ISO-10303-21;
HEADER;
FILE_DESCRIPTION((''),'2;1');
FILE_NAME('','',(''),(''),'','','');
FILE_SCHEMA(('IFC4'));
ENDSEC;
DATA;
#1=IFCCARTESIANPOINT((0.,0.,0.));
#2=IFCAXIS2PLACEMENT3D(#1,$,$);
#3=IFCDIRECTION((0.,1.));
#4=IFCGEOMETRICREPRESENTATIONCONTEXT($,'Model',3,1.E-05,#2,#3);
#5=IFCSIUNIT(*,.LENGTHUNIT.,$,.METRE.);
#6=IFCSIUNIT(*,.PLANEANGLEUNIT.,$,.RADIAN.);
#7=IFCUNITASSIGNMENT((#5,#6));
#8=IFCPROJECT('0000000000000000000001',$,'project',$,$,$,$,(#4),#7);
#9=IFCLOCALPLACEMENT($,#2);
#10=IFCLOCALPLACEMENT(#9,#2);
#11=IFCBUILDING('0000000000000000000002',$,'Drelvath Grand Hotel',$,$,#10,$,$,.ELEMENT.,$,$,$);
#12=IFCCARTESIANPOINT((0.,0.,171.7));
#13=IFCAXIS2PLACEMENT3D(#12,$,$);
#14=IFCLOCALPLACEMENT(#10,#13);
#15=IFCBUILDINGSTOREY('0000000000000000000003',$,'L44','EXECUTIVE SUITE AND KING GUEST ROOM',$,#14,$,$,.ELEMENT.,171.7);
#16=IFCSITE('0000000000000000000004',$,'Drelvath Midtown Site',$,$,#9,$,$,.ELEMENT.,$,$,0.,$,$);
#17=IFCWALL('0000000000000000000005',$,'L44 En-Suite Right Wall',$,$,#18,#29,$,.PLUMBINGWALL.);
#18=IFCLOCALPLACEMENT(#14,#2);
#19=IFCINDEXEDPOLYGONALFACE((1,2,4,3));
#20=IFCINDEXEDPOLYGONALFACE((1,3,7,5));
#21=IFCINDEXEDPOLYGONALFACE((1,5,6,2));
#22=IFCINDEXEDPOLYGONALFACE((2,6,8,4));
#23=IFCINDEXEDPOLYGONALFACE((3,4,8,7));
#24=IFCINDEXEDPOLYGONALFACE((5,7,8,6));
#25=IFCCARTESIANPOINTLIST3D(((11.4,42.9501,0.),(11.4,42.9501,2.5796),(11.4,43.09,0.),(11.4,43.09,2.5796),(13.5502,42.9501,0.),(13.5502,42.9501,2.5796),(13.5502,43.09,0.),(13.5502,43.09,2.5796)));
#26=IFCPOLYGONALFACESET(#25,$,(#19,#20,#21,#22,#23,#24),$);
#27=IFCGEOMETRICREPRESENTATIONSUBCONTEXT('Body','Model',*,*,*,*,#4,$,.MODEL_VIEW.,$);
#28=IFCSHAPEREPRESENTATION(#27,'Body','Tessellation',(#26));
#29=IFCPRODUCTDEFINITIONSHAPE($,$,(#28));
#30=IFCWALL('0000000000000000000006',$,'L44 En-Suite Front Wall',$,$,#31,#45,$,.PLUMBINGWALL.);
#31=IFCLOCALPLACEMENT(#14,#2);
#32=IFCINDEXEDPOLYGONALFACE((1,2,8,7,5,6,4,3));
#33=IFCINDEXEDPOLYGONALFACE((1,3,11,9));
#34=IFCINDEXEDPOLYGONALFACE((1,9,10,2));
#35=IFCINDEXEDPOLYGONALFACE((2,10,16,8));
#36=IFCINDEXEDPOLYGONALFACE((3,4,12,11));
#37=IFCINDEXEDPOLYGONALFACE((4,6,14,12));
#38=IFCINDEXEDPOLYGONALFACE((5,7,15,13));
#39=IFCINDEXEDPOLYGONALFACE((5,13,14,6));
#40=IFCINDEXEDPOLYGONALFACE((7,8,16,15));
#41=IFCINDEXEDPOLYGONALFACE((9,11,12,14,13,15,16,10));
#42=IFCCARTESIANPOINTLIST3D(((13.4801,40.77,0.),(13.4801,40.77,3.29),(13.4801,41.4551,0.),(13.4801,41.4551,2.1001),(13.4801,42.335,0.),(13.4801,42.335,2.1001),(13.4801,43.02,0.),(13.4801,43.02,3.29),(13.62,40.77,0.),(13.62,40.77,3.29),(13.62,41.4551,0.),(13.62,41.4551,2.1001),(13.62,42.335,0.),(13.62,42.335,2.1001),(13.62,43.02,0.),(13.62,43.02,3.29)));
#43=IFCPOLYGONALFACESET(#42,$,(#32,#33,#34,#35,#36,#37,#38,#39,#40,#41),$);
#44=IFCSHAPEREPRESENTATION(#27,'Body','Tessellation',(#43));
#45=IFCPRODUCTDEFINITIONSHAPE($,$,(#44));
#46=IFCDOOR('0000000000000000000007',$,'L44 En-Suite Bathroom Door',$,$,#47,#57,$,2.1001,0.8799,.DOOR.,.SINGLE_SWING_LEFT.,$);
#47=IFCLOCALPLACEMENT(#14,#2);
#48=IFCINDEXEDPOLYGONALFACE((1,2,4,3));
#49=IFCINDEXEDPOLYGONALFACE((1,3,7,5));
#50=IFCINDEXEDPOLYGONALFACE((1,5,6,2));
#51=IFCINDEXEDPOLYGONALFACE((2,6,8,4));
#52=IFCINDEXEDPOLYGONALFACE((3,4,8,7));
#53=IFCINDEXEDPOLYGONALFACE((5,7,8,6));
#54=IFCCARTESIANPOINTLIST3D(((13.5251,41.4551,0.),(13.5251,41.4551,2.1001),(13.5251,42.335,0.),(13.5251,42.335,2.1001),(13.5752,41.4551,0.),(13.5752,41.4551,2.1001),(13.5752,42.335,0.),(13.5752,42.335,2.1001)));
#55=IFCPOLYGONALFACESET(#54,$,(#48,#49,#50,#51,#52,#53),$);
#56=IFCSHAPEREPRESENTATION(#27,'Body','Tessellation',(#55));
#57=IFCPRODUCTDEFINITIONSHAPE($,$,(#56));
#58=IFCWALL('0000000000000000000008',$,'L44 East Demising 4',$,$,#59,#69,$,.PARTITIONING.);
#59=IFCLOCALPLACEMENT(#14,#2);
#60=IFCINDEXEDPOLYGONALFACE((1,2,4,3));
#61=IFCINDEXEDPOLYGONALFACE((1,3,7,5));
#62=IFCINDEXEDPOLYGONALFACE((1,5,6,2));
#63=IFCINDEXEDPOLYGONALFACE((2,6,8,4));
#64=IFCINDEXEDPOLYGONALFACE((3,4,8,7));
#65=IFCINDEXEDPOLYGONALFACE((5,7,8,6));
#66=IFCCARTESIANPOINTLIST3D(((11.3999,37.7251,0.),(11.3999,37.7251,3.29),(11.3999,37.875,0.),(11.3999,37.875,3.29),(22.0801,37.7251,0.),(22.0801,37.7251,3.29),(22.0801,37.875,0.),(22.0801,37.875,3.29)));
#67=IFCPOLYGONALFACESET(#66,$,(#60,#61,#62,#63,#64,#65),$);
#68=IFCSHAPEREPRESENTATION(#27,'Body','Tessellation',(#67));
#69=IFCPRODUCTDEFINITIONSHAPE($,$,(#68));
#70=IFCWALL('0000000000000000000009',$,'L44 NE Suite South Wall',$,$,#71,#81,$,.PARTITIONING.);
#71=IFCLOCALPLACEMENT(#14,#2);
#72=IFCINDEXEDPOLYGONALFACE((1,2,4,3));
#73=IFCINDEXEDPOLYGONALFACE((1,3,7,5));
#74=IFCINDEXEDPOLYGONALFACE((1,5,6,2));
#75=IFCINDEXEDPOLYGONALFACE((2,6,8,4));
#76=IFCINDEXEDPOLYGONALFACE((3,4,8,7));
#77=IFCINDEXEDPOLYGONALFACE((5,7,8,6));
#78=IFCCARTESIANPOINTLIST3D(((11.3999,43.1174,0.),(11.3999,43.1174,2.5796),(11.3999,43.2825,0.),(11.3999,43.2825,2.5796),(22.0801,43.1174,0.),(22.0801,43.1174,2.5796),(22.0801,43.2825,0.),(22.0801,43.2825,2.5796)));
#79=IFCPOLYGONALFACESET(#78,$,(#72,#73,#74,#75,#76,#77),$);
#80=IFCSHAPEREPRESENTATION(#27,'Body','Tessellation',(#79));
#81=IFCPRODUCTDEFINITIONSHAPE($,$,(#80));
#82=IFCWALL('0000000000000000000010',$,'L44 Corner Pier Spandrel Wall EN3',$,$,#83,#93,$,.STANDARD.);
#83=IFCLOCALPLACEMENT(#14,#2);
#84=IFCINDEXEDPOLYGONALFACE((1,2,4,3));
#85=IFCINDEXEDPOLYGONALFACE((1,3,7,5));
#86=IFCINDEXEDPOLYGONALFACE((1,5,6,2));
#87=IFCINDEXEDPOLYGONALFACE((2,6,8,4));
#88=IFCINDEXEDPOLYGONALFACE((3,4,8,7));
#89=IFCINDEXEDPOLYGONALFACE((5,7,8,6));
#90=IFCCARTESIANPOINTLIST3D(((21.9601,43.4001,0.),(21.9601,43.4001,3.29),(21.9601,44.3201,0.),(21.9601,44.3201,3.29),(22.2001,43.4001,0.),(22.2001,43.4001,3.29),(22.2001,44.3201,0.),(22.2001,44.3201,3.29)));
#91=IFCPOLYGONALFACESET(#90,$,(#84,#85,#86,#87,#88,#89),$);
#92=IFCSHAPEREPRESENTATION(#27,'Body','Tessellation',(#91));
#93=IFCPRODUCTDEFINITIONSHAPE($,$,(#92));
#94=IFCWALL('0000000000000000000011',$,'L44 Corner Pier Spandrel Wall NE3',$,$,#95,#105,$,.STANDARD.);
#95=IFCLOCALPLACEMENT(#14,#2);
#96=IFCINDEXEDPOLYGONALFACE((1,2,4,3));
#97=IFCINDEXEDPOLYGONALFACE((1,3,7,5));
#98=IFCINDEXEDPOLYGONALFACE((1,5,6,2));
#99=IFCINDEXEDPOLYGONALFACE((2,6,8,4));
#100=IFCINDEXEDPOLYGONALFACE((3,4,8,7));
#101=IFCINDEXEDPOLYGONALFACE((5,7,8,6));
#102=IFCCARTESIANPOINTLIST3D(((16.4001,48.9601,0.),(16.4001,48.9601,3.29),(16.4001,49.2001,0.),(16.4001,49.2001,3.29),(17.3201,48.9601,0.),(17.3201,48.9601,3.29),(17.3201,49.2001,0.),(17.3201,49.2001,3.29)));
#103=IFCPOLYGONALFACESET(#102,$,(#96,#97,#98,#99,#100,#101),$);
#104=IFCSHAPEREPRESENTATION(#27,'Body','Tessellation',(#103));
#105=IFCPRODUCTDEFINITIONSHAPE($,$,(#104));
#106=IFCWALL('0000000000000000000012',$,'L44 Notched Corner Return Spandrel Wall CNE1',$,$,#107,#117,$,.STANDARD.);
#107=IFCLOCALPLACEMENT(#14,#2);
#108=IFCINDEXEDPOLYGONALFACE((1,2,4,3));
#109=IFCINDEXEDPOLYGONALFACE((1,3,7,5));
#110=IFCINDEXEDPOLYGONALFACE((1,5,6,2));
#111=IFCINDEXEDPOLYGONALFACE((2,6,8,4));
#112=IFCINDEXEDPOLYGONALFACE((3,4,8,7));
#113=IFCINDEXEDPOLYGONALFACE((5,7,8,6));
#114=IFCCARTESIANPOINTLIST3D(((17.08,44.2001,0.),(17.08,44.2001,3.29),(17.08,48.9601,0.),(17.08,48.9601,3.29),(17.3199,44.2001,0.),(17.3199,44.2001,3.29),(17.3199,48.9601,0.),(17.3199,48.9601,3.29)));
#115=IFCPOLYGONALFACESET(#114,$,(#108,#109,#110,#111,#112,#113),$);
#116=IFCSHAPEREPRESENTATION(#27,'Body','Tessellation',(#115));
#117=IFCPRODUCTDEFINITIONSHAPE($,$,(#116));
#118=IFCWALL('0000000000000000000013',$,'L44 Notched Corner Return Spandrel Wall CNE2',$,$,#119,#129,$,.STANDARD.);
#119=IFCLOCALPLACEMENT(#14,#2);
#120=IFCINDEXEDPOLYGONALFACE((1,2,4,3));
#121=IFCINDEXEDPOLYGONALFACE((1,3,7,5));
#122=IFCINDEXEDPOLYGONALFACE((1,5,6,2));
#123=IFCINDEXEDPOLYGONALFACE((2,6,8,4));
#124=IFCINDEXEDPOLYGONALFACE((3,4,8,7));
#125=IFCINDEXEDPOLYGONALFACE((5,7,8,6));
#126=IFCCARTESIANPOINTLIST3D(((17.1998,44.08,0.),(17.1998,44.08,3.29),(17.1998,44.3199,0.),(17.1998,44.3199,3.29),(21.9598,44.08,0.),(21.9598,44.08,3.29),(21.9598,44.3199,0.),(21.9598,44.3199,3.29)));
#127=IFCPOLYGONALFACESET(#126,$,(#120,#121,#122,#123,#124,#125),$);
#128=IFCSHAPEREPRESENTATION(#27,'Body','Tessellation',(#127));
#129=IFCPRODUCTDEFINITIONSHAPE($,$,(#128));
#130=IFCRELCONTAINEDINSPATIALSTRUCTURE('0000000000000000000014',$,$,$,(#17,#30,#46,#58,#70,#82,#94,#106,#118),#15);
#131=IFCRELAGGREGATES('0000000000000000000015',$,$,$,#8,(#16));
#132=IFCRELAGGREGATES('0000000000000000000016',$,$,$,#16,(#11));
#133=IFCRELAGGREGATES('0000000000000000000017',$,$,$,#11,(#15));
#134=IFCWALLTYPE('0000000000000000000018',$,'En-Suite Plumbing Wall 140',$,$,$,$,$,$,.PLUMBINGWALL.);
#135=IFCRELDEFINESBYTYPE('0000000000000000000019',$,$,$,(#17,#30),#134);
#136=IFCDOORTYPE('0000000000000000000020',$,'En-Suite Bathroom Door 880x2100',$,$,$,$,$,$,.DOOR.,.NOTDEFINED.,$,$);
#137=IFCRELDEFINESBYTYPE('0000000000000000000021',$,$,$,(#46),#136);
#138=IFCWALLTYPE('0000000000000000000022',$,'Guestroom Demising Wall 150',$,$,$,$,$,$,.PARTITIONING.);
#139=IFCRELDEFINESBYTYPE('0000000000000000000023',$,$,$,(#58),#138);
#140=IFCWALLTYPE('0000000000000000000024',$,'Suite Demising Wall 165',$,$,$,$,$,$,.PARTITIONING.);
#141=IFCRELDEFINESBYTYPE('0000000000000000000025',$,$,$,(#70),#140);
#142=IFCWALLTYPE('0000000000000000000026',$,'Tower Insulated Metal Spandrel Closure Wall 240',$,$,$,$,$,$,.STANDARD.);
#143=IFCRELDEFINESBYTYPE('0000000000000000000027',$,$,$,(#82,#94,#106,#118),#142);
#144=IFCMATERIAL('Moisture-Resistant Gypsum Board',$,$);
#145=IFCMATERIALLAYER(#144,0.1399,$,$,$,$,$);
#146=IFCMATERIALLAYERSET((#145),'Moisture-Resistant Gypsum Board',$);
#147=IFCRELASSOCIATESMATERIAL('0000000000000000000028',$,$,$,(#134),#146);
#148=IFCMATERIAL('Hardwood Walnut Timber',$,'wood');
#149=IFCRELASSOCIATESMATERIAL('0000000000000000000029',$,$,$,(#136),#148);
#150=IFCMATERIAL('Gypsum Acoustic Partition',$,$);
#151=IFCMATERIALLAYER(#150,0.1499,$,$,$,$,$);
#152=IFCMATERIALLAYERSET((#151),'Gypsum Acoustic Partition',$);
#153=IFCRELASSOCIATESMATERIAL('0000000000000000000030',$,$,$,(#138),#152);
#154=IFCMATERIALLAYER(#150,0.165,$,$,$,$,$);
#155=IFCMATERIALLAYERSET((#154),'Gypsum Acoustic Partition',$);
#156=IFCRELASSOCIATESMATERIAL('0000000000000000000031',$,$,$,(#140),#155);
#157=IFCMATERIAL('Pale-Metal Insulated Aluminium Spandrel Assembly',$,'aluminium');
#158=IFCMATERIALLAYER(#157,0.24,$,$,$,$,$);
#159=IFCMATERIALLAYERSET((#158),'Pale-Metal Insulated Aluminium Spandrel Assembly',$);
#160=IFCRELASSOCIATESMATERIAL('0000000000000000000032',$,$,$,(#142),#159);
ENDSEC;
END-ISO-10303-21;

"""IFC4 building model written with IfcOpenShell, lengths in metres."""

from ifc_helpers import new_model, si_unit, direction, frame, frame_2d, origin, place, context, subcontext, project, spatial, rectangle, extrude, material, layer, layer_set, type_object, element, fill, save


model = new_model("IFC4")

# Units and contexts
model_context = context("Model", 3, precision=1e-05, world=origin(), true_north=direction((0.0, 1.0)))
body_context = subcontext(model_context, "Body", "Model", "MODEL_VIEW")
ifc_project = project(units=[si_unit("LENGTHUNIT", "METRE"), si_unit("PLANEANGLEUNIT", "RADIAN")], contexts=[model_context])

# Site, building, storey
site_placement = place(None, origin())
site = spatial("IfcSite", under=ifc_project, at=site_placement, Name="Drelvath Midtown Site", CompositionType="ELEMENT", RefElevation=0.0)
building_placement = place(site_placement, origin())
building = spatial("IfcBuilding", under=site, at=building_placement, Name="Drelvath Grand Hotel", CompositionType="ELEMENT")
storey_placement = place(building_placement, frame((0.0, 0.0, 171.7)))
storey = spatial("IfcBuildingStorey", under=building, at=storey_placement, Name="L44", Description="EXECUTIVE SUITE AND KING GUEST ROOM", CompositionType="ELEMENT", Elevation=171.7)

# Shared definitions
ifc_material_1 = material(Name="Moisture-Resistant Gypsum Board")
ifc_layer_1 = layer(ifc_material_1, 0.1399)
ifc_layer_set_1 = layer_set([ifc_layer_1], Name="Moisture-Resistant Gypsum Board")
wall_type_1 = type_object("IfcWallType", Name="En-Suite Plumbing Wall 140", PredefinedType="PLUMBINGWALL", material=ifc_layer_set_1)

# Shared definitions
ifc_material_2 = material(Name="Hardwood Walnut Timber", Category="wood")
door_type = type_object("IfcDoorType", Name="En-Suite Bathroom Door 880x2100", OperationType="NOTDEFINED", PredefinedType="DOOR", material=ifc_material_2)

# Wall
wall_1_placement = place(storey_placement, frame((11.3999, 43.02, 0.0), z_axis=(0.0, 0.0, 1.0), x_axis=(1.0, 0.0, 0.0)))
element("IfcWall", 1, at=wall_1_placement, inside=storey, type_object=wall_type_1, Name="L44 En-Suite Right Wall", PredefinedType="PLUMBINGWALL", context=body_context, shape_type="SweptSolid", body=[
    extrude(rectangle(XDim=2.1501, YDim=0.1399, at=frame_2d((1.0752, 0.0))), origin(), (0.0, 0.0, 1.0), 2.5796),
])

# Wall, opening, door
wall_2_placement = place(storey_placement, frame((13.55, 40.77, 0.0), z_axis=(0.0, 0.0, 1.0), x_axis=(0.0, 1.0, 0.0)))
wall_2 = element("IfcWall", 2, at=wall_2_placement, inside=storey, type_object=wall_type_1, Name="L44 En-Suite Front Wall", PredefinedType="PLUMBINGWALL", context=body_context, shape_type="SweptSolid", body=[
    extrude(rectangle(XDim=2.25, YDim=0.1399, at=frame_2d((1.125, 0.0))), origin(), (0.0, 0.0, 1.0), 3.29),
])
opening_1_placement = place(wall_2_placement, frame((0.6851, 0.0, 0.0)))
opening_1 = element("IfcOpeningElement", 3, at=opening_1_placement, cuts=wall_2, PredefinedType="OPENING", context=body_context, shape_type="SweptSolid", body=[
    extrude(rectangle(XDim=0.8799, YDim=2.1001, at=frame_2d((0.4399, 1.05))), frame((0.0, 0.0798, 0.0), z_axis=(0.0, -1.0, 0.0), x_axis=(1.0, 0.0, 0.0)), (0.0, 0.0, 1.0), 0.1599),
])
door_1_placement = place(opening_1_placement, origin())
door_1 = element("IfcDoor", 4, at=door_1_placement, inside=storey, type_object=door_type, Name="L44 En-Suite Bathroom Door", OperationType="SINGLE_SWING_LEFT", OverallHeight=2.1001, OverallWidth=0.8799, PredefinedType="DOOR", context=body_context, shape_type="SweptSolid", body=[
    extrude(rectangle(XDim=0.8799, YDim=2.1001, at=frame_2d((0.4399, 1.05))), frame((0.0, 0.0249, 0.0), z_axis=(0.0, -1.0, 0.0), x_axis=(1.0, 0.0, 0.0)), (0.0, 0.0, 1.0), 0.05),
])
fill(opening_1, door_1)

# Walls
ifc_material_3 = material(Name="Gypsum Acoustic Partition")
ifc_layer_2 = layer(ifc_material_3, 0.1499)
ifc_layer_set_2 = layer_set([ifc_layer_2], Name="Gypsum Acoustic Partition")
wall_type_2 = type_object("IfcWallType", Name="Guestroom Demising Wall 150", PredefinedType="PARTITIONING", material=ifc_layer_set_2)
wall_3_placement = place(storey_placement, frame((11.3999, 37.8, 0.0), z_axis=(0.0, 0.0, 1.0), x_axis=(1.0, 0.0, 0.0)))
element("IfcWall", 5, at=wall_3_placement, inside=storey, type_object=wall_type_2, Name="L44 East Demising 4", PredefinedType="PARTITIONING", context=body_context, shape_type="SweptSolid", body=[
    extrude(rectangle(XDim=10.6802, YDim=0.1499, at=frame_2d((5.3401, 0.0))), origin(), (0.0, 0.0, 1.0), 3.29),
])
ifc_layer_3 = layer(ifc_material_3, 0.165)
ifc_layer_set_3 = layer_set([ifc_layer_3], Name="Gypsum Acoustic Partition")
wall_type_3 = type_object("IfcWallType", Name="Suite Demising Wall 165", PredefinedType="PARTITIONING", material=ifc_layer_set_3)
wall_4_placement = place(storey_placement, frame((11.3999, 43.2, 0.0), z_axis=(0.0, 0.0, 1.0), x_axis=(1.0, 0.0, 0.0)))
element("IfcWall", 6, at=wall_4_placement, inside=storey, type_object=wall_type_3, Name="L44 NE Suite South Wall", PredefinedType="PARTITIONING", context=body_context, shape_type="SweptSolid", body=[
    extrude(rectangle(XDim=10.6802, YDim=0.165, at=frame_2d((5.3401, 0.0))), origin(), (0.0, 0.0, 1.0), 2.5796),
])
ifc_material_4 = material(Name="Pale-Metal Insulated Aluminium Spandrel Assembly", Category="aluminium")
ifc_layer_4 = layer(ifc_material_4, 0.24)
ifc_layer_set_4 = layer_set([ifc_layer_4], Name="Pale-Metal Insulated Aluminium Spandrel Assembly")
wall_type_4 = type_object("IfcWallType", Name="Tower Insulated Metal Spandrel Closure Wall 240", PredefinedType="STANDARD", material=ifc_layer_set_4)
for number, where, z_axis, x_axis, name in (
    (7, (22.0801, 44.3201, 0.0), (0.0, 0.0, 1.0), (0.0, -1.0, 0.0), "L44 Corner Pier Spandrel Wall EN3"),
    (8, (16.4001, 49.0801, 0.0), (0.0, 0.0, 1.0), (1.0, 0.0, 0.0), "L44 Corner Pier Spandrel Wall NE3"),
):
    element("IfcWall", number, at=place(storey_placement, frame(where, z_axis=z_axis, x_axis=x_axis)), inside=storey, type_object=wall_type_4, Name=name, PredefinedType="STANDARD", context=body_context, shape_type="SweptSolid", body=[
        extrude(rectangle(XDim=0.9199, YDim=0.24, at=frame_2d((0.46, 0.0))), origin(), (0.0, 0.0, 1.0), 3.29),
    ])
for number, where, z_axis, x_axis, name in (
    (9, (17.2, 48.96, 0.0), (0.0, 0.0, 1.0), (0.0, -1.0, 0.0), "L44 Notched Corner Return Spandrel Wall CNE1"),
    (10, (17.2, 44.2, 0.0), (0.0, 0.0, 1.0), (1.0, 0.0, 0.0), "L44 Notched Corner Return Spandrel Wall CNE2"),
):
    element("IfcWall", number, at=place(storey_placement, frame(where, z_axis=z_axis, x_axis=x_axis)), inside=storey, type_object=wall_type_4, Name=name, PredefinedType="STANDARD", context=body_context, shape_type="SweptSolid", body=[
        extrude(rectangle(XDim=4.76, YDim=0.24, at=frame_2d((2.3799, 0.0))), origin(), (0.0, 0.0, 1.0), 3.29),
    ])

save(model, "model.ifc")
